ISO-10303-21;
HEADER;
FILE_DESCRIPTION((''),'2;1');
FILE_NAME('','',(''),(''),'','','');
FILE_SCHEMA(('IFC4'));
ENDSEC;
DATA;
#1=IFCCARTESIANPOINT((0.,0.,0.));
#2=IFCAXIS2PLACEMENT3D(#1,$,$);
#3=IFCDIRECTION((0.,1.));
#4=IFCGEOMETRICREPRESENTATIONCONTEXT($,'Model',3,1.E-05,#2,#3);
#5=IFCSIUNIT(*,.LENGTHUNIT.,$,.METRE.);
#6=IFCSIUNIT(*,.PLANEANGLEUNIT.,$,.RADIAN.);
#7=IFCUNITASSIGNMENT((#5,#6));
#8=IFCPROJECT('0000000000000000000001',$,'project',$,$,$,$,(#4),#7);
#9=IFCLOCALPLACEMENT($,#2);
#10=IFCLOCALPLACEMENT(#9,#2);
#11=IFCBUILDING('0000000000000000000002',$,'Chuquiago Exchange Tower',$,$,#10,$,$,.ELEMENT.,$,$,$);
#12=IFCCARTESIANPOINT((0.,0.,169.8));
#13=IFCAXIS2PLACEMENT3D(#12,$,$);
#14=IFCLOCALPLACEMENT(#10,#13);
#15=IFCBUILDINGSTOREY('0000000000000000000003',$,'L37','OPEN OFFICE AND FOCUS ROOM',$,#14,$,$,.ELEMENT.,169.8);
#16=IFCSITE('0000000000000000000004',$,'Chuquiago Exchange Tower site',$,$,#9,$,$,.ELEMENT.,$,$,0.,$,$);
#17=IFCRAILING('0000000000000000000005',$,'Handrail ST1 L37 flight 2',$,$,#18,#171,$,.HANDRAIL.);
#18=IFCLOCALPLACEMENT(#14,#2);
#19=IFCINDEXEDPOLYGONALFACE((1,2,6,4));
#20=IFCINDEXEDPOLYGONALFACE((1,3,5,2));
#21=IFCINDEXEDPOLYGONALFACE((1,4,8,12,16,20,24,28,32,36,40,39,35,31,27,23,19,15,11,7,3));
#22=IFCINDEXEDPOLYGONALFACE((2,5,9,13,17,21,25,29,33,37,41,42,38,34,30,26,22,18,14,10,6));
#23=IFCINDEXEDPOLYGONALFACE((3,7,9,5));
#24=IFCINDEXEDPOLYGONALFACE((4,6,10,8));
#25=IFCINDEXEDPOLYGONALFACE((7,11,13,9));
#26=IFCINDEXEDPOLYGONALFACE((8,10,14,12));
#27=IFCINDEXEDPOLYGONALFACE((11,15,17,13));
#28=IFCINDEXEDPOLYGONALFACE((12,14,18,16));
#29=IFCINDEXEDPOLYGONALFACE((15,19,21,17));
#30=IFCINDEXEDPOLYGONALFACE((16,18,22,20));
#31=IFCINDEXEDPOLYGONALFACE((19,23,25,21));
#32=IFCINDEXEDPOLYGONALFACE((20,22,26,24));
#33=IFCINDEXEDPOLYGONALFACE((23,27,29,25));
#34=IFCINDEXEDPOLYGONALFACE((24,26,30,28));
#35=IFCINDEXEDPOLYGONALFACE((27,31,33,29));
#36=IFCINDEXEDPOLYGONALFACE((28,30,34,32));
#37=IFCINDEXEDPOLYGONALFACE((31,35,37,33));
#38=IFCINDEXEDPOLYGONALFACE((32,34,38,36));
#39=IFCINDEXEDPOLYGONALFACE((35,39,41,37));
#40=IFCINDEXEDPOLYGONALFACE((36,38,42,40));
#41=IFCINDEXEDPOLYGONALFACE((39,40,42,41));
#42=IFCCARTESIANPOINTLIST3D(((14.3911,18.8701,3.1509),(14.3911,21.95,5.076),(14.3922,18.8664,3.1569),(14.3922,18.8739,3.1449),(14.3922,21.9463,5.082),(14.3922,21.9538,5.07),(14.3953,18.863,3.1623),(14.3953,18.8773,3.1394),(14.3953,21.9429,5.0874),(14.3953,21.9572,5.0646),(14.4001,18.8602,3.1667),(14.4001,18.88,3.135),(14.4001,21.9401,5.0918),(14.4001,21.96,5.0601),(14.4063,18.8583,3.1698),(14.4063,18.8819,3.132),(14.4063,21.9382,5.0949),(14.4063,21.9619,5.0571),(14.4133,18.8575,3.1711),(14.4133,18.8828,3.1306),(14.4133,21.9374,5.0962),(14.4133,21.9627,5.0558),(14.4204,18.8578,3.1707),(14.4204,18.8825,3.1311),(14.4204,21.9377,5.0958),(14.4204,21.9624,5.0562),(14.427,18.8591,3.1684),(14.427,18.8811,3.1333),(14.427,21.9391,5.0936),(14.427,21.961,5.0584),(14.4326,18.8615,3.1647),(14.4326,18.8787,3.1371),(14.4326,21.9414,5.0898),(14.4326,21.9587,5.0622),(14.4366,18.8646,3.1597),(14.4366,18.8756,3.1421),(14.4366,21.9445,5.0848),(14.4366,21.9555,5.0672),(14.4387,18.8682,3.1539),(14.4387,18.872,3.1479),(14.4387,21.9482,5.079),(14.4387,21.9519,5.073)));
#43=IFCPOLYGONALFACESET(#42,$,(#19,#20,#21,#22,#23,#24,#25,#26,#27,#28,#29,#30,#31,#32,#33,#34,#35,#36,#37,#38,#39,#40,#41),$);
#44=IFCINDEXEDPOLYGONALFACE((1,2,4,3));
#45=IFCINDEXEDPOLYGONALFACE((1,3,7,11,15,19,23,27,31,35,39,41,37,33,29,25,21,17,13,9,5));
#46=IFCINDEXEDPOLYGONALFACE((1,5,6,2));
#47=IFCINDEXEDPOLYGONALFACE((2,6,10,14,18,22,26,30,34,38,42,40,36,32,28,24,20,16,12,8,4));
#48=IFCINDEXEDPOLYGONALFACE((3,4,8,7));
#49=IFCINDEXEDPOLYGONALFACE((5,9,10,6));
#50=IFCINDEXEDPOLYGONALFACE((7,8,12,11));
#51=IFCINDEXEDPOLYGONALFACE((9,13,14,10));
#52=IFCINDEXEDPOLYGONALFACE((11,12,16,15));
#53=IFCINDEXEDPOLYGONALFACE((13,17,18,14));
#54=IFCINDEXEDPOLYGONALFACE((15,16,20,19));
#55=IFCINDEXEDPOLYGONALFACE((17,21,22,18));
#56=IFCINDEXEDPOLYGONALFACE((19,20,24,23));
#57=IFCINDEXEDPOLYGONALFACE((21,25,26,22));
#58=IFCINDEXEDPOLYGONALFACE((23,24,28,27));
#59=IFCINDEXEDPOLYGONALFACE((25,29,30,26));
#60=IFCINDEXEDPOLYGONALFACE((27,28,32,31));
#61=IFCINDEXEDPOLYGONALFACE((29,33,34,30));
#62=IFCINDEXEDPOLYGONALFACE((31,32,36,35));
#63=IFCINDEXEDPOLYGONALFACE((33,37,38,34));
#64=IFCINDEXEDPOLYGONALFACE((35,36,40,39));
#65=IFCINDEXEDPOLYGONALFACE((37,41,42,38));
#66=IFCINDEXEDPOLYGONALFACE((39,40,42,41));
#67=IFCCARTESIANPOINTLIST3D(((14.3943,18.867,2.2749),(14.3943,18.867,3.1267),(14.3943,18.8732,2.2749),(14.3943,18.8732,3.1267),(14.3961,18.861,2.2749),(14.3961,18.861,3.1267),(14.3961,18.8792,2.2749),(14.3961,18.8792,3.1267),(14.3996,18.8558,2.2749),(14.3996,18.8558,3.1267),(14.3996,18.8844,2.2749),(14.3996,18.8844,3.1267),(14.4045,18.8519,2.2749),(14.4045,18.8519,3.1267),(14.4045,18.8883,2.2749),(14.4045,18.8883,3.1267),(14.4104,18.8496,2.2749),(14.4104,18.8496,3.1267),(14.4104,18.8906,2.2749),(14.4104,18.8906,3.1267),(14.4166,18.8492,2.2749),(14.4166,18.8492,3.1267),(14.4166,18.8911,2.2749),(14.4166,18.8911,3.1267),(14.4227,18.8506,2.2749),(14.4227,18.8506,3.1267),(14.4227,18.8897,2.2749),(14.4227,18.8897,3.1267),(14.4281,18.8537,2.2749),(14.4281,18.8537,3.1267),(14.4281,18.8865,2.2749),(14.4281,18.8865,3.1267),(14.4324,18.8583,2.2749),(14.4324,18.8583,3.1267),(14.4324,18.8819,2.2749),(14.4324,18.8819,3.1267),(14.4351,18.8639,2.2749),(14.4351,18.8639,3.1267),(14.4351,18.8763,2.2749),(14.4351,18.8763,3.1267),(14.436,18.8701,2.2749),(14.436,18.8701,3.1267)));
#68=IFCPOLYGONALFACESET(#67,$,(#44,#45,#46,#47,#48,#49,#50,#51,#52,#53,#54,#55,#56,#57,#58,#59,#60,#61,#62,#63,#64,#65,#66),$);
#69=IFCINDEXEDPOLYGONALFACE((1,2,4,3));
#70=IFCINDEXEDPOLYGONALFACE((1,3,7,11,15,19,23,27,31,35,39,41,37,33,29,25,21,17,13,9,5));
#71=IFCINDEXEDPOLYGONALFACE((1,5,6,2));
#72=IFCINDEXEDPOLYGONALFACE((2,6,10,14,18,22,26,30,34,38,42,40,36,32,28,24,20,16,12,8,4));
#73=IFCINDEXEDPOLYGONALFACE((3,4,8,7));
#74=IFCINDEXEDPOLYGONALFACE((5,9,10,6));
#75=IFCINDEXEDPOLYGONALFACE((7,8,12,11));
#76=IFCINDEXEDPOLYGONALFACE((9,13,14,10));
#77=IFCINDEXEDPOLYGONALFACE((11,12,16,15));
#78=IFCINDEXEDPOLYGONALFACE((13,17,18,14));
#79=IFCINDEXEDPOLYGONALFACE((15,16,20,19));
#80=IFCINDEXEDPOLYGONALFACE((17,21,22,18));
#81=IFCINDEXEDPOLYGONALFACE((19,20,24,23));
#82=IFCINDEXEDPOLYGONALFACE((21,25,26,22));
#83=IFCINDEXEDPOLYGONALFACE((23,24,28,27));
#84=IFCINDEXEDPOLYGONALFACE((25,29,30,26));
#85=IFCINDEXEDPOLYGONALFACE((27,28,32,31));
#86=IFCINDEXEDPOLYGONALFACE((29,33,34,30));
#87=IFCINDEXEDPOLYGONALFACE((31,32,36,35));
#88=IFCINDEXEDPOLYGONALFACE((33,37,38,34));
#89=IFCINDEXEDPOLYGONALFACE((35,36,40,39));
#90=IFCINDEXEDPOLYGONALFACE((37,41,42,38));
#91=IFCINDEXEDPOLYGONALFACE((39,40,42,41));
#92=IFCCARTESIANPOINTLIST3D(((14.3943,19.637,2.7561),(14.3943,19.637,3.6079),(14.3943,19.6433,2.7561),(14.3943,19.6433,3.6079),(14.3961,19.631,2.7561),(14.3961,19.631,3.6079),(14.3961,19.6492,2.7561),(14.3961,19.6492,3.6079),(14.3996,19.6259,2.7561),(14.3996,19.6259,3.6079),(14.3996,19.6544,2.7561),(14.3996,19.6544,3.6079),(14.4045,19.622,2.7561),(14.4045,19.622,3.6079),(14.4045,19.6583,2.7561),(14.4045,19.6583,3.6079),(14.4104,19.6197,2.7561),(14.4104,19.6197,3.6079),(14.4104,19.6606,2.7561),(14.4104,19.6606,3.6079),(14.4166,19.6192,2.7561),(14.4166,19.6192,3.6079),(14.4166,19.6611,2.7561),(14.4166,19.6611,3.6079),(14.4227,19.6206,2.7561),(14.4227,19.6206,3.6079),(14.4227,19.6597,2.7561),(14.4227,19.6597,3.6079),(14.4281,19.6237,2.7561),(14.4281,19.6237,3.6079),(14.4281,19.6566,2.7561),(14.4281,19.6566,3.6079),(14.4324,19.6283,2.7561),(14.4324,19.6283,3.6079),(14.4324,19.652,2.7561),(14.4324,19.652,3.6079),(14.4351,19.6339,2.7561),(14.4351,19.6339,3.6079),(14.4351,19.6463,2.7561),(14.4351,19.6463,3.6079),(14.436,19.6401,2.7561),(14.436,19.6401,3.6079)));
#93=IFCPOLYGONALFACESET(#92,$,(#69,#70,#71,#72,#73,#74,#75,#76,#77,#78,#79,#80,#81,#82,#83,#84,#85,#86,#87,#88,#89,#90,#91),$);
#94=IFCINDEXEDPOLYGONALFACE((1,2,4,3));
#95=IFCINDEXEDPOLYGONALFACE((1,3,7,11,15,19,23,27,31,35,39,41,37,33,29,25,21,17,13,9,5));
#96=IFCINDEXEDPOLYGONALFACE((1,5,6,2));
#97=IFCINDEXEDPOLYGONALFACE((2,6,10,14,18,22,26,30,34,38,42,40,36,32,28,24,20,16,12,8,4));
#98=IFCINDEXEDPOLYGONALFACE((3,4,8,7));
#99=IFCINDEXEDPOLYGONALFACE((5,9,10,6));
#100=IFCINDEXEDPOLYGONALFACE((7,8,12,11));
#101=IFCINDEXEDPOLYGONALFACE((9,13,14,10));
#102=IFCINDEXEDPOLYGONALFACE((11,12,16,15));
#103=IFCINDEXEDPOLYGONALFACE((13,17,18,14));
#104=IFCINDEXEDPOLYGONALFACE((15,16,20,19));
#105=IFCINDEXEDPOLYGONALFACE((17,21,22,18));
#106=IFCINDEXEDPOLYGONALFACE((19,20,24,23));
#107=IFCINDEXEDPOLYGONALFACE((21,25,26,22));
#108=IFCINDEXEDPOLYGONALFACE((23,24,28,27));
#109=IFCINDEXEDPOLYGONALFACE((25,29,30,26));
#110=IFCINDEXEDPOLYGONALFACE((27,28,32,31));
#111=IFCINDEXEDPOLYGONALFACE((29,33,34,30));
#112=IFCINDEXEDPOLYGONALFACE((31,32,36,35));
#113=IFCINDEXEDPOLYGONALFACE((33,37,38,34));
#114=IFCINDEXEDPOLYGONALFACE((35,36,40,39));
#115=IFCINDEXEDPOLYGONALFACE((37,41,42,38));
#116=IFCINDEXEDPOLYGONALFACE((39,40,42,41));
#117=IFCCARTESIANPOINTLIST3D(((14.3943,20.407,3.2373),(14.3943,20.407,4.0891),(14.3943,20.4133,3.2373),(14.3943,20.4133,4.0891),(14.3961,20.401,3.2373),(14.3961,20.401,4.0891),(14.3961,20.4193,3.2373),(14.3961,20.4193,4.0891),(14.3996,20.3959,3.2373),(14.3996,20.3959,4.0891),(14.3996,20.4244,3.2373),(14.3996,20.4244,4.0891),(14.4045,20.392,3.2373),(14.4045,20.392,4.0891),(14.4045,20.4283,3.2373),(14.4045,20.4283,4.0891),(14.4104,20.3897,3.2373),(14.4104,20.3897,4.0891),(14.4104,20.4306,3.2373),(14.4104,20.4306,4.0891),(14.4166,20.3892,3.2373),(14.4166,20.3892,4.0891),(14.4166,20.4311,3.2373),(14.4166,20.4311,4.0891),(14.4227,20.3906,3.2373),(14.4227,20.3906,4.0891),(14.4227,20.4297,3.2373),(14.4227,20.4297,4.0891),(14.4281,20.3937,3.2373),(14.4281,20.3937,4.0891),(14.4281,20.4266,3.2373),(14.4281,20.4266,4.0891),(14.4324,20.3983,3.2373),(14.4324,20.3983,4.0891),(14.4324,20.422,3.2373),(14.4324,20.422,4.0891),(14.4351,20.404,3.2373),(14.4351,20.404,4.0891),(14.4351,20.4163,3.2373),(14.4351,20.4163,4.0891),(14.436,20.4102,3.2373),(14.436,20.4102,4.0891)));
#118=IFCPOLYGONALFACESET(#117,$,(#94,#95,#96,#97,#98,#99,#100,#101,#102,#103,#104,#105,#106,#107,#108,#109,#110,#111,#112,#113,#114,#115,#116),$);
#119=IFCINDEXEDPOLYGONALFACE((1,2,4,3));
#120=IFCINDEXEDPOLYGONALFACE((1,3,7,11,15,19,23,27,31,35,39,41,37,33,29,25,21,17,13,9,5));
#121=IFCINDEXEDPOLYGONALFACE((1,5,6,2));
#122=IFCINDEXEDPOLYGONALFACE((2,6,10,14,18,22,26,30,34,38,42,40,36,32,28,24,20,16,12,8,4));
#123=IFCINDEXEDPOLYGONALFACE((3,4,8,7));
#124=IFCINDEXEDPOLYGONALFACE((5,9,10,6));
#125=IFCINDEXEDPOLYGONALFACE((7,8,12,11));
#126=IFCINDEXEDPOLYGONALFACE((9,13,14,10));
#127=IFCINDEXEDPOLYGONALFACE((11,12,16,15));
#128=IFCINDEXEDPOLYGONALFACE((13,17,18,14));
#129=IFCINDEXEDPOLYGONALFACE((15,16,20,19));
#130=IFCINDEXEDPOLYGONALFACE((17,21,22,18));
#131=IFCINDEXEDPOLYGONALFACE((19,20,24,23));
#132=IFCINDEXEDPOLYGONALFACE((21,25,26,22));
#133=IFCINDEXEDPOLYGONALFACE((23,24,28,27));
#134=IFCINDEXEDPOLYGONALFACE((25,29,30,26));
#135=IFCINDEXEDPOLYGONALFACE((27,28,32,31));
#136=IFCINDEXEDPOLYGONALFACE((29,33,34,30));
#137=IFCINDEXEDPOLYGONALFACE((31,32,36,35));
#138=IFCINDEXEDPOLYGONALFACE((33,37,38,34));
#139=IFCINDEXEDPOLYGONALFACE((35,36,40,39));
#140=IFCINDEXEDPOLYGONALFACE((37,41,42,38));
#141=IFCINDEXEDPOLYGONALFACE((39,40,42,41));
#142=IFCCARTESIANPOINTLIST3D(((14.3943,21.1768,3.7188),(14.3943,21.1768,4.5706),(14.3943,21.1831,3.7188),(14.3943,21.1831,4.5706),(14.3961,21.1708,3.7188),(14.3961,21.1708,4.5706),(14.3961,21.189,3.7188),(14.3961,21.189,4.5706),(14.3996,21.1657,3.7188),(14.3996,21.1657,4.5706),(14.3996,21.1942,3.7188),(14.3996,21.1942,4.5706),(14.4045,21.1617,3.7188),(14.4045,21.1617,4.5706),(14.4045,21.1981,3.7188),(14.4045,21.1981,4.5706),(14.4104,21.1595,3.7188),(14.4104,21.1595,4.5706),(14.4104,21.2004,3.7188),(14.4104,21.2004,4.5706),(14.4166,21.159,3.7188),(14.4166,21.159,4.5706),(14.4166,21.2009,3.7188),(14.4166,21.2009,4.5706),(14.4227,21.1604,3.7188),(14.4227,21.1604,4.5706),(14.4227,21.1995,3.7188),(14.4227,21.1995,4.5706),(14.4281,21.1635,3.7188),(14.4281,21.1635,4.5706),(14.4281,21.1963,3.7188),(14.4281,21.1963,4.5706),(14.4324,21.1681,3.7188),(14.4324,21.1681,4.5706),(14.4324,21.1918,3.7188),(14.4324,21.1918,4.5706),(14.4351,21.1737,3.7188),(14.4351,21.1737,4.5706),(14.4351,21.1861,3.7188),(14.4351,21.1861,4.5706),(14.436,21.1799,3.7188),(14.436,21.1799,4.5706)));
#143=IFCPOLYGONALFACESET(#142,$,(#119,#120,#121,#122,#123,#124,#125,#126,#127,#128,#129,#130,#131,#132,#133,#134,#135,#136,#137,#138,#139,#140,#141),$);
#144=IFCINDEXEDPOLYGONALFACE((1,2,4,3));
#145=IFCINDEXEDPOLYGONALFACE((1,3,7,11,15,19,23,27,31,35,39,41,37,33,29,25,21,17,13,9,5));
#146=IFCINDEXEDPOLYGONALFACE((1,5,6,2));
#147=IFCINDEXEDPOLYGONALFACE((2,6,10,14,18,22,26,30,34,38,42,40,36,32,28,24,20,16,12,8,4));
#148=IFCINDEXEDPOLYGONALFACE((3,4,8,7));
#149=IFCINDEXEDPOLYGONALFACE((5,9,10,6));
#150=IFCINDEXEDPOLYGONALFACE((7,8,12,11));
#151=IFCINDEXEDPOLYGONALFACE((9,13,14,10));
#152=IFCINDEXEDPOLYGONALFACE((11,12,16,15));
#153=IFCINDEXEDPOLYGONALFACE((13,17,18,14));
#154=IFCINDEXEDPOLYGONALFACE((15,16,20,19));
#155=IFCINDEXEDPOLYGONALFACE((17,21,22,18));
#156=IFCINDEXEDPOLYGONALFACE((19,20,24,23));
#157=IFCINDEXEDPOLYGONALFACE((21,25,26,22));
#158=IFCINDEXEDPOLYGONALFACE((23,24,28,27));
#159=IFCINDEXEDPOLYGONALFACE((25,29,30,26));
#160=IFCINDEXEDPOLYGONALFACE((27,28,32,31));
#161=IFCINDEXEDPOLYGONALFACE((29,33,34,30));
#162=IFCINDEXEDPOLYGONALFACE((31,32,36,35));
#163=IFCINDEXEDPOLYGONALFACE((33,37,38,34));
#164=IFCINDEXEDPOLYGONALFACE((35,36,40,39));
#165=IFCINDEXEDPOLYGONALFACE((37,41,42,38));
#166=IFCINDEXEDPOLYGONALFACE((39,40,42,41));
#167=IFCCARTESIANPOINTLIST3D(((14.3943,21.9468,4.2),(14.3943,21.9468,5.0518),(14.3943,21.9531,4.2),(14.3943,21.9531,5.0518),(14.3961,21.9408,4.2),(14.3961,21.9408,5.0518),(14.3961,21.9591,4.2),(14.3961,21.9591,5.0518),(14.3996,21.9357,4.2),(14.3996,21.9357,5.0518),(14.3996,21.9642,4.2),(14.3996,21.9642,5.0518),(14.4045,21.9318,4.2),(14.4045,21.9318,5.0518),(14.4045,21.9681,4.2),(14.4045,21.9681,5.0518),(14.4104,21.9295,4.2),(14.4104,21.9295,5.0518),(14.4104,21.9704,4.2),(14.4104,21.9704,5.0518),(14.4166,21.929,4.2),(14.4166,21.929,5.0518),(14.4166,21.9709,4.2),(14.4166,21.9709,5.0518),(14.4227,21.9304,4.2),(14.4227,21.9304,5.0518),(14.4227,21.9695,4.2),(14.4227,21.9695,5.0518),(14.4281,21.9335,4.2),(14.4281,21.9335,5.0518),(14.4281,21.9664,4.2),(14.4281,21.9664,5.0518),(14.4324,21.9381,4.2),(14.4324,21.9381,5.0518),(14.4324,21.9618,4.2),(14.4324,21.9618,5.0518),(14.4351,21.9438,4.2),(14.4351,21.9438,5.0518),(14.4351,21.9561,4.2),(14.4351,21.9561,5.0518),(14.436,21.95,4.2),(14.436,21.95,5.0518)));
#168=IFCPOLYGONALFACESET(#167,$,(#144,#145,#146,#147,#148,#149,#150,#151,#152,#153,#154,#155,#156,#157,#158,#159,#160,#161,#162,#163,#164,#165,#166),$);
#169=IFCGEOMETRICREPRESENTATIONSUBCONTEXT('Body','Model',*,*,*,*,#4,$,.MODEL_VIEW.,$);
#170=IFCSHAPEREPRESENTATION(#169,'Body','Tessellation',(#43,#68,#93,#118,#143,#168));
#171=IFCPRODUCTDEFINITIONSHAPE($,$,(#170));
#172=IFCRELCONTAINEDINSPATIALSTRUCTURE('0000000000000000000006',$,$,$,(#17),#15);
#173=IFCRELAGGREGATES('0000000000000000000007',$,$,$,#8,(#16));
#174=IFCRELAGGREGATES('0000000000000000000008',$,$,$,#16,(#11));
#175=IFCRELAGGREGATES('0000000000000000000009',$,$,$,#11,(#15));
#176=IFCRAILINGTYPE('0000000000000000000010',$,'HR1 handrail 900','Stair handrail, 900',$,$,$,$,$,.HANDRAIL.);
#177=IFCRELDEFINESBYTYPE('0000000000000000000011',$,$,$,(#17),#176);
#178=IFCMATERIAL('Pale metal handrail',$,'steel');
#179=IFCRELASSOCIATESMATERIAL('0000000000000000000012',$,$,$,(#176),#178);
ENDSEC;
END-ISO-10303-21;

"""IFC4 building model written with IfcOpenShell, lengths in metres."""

from ifc_helpers import new_model, si_unit, direction, frame, origin, origin_2d, place, context, subcontext, project, spatial, circle, extrude, material, type_object, element, save


model = new_model("IFC4")

# Units and contexts
model_context = context("Model", 3, precision=1e-05, world=origin(), true_north=direction((0.0, 1.0)))
body_context = subcontext(model_context, "Body", "Model", "MODEL_VIEW")
ifc_project = project(units=[si_unit("LENGTHUNIT", "METRE"), si_unit("PLANEANGLEUNIT", "RADIAN")], contexts=[model_context])

# Site, building, storey
site_placement = place(None, origin())
site = spatial("IfcSite", under=ifc_project, at=site_placement, Name="Chuquiago Exchange Tower site", CompositionType="ELEMENT", RefElevation=0.0)
building_placement = place(site_placement, origin())
building = spatial("IfcBuilding", under=site, at=building_placement, Name="Chuquiago Exchange Tower", CompositionType="ELEMENT")
storey_placement = place(building_placement, frame((0.0, 0.0, 169.8)))
storey = spatial("IfcBuildingStorey", under=building, at=storey_placement, Name="L37", Description="OPEN OFFICE AND FOCUS ROOM", CompositionType="ELEMENT", Elevation=169.8)

# Railing
ifc_material_1 = material(Name="Pale metal handrail", Category="steel")
railing_type_1 = type_object("IfcRailingType", Name="HR1 handrail 900", Description="Stair handrail, 900", PredefinedType="HANDRAIL", material=ifc_material_1)
for number, where, name in (
    (1, (14.415, 18.8701, 2.2749), "Handrail ST1 L37 flight 2"),
):
    element("IfcRailing", number, at=place(storey_placement, frame(where)), inside=storey, type_object=railing_type_1, Name=name, PredefinedType="HANDRAIL", context=body_context, shape_type="SweptSolid", body=[
        extrude(circle(Radius=0.0239, at=origin_2d()), frame((0.0, 0.0, 0.876), z_axis=(0.0, 0.847979, 0.530029), x_axis=(-1.0, 0.0, 0.0)), (0.0, 0.0, 1.0), 3.6321),
        extrude(circle(Radius=0.021, at=origin_2d()), origin(), (0.0, 0.0, 1.0), 0.8518),
        extrude(circle(Radius=0.021, at=origin_2d()), frame((0.0, 0.77, 0.4812)), (0.0, 0.0, 1.0), 0.8518),
        extrude(circle(Radius=0.021, at=origin_2d()), frame((0.0, 1.54, 0.9624)), (0.0, 0.0, 1.0), 0.8518),
        extrude(circle(Radius=0.021, at=origin_2d()), frame((0.0, 2.3098, 1.4438)), (0.0, 0.0, 1.0), 0.8518),
        extrude(circle(Radius=0.021, at=origin_2d()), frame((0.0, 3.0798, 1.925)), (0.0, 0.0, 1.0), 0.8518),
    ])

save(model, "model.ifc")
